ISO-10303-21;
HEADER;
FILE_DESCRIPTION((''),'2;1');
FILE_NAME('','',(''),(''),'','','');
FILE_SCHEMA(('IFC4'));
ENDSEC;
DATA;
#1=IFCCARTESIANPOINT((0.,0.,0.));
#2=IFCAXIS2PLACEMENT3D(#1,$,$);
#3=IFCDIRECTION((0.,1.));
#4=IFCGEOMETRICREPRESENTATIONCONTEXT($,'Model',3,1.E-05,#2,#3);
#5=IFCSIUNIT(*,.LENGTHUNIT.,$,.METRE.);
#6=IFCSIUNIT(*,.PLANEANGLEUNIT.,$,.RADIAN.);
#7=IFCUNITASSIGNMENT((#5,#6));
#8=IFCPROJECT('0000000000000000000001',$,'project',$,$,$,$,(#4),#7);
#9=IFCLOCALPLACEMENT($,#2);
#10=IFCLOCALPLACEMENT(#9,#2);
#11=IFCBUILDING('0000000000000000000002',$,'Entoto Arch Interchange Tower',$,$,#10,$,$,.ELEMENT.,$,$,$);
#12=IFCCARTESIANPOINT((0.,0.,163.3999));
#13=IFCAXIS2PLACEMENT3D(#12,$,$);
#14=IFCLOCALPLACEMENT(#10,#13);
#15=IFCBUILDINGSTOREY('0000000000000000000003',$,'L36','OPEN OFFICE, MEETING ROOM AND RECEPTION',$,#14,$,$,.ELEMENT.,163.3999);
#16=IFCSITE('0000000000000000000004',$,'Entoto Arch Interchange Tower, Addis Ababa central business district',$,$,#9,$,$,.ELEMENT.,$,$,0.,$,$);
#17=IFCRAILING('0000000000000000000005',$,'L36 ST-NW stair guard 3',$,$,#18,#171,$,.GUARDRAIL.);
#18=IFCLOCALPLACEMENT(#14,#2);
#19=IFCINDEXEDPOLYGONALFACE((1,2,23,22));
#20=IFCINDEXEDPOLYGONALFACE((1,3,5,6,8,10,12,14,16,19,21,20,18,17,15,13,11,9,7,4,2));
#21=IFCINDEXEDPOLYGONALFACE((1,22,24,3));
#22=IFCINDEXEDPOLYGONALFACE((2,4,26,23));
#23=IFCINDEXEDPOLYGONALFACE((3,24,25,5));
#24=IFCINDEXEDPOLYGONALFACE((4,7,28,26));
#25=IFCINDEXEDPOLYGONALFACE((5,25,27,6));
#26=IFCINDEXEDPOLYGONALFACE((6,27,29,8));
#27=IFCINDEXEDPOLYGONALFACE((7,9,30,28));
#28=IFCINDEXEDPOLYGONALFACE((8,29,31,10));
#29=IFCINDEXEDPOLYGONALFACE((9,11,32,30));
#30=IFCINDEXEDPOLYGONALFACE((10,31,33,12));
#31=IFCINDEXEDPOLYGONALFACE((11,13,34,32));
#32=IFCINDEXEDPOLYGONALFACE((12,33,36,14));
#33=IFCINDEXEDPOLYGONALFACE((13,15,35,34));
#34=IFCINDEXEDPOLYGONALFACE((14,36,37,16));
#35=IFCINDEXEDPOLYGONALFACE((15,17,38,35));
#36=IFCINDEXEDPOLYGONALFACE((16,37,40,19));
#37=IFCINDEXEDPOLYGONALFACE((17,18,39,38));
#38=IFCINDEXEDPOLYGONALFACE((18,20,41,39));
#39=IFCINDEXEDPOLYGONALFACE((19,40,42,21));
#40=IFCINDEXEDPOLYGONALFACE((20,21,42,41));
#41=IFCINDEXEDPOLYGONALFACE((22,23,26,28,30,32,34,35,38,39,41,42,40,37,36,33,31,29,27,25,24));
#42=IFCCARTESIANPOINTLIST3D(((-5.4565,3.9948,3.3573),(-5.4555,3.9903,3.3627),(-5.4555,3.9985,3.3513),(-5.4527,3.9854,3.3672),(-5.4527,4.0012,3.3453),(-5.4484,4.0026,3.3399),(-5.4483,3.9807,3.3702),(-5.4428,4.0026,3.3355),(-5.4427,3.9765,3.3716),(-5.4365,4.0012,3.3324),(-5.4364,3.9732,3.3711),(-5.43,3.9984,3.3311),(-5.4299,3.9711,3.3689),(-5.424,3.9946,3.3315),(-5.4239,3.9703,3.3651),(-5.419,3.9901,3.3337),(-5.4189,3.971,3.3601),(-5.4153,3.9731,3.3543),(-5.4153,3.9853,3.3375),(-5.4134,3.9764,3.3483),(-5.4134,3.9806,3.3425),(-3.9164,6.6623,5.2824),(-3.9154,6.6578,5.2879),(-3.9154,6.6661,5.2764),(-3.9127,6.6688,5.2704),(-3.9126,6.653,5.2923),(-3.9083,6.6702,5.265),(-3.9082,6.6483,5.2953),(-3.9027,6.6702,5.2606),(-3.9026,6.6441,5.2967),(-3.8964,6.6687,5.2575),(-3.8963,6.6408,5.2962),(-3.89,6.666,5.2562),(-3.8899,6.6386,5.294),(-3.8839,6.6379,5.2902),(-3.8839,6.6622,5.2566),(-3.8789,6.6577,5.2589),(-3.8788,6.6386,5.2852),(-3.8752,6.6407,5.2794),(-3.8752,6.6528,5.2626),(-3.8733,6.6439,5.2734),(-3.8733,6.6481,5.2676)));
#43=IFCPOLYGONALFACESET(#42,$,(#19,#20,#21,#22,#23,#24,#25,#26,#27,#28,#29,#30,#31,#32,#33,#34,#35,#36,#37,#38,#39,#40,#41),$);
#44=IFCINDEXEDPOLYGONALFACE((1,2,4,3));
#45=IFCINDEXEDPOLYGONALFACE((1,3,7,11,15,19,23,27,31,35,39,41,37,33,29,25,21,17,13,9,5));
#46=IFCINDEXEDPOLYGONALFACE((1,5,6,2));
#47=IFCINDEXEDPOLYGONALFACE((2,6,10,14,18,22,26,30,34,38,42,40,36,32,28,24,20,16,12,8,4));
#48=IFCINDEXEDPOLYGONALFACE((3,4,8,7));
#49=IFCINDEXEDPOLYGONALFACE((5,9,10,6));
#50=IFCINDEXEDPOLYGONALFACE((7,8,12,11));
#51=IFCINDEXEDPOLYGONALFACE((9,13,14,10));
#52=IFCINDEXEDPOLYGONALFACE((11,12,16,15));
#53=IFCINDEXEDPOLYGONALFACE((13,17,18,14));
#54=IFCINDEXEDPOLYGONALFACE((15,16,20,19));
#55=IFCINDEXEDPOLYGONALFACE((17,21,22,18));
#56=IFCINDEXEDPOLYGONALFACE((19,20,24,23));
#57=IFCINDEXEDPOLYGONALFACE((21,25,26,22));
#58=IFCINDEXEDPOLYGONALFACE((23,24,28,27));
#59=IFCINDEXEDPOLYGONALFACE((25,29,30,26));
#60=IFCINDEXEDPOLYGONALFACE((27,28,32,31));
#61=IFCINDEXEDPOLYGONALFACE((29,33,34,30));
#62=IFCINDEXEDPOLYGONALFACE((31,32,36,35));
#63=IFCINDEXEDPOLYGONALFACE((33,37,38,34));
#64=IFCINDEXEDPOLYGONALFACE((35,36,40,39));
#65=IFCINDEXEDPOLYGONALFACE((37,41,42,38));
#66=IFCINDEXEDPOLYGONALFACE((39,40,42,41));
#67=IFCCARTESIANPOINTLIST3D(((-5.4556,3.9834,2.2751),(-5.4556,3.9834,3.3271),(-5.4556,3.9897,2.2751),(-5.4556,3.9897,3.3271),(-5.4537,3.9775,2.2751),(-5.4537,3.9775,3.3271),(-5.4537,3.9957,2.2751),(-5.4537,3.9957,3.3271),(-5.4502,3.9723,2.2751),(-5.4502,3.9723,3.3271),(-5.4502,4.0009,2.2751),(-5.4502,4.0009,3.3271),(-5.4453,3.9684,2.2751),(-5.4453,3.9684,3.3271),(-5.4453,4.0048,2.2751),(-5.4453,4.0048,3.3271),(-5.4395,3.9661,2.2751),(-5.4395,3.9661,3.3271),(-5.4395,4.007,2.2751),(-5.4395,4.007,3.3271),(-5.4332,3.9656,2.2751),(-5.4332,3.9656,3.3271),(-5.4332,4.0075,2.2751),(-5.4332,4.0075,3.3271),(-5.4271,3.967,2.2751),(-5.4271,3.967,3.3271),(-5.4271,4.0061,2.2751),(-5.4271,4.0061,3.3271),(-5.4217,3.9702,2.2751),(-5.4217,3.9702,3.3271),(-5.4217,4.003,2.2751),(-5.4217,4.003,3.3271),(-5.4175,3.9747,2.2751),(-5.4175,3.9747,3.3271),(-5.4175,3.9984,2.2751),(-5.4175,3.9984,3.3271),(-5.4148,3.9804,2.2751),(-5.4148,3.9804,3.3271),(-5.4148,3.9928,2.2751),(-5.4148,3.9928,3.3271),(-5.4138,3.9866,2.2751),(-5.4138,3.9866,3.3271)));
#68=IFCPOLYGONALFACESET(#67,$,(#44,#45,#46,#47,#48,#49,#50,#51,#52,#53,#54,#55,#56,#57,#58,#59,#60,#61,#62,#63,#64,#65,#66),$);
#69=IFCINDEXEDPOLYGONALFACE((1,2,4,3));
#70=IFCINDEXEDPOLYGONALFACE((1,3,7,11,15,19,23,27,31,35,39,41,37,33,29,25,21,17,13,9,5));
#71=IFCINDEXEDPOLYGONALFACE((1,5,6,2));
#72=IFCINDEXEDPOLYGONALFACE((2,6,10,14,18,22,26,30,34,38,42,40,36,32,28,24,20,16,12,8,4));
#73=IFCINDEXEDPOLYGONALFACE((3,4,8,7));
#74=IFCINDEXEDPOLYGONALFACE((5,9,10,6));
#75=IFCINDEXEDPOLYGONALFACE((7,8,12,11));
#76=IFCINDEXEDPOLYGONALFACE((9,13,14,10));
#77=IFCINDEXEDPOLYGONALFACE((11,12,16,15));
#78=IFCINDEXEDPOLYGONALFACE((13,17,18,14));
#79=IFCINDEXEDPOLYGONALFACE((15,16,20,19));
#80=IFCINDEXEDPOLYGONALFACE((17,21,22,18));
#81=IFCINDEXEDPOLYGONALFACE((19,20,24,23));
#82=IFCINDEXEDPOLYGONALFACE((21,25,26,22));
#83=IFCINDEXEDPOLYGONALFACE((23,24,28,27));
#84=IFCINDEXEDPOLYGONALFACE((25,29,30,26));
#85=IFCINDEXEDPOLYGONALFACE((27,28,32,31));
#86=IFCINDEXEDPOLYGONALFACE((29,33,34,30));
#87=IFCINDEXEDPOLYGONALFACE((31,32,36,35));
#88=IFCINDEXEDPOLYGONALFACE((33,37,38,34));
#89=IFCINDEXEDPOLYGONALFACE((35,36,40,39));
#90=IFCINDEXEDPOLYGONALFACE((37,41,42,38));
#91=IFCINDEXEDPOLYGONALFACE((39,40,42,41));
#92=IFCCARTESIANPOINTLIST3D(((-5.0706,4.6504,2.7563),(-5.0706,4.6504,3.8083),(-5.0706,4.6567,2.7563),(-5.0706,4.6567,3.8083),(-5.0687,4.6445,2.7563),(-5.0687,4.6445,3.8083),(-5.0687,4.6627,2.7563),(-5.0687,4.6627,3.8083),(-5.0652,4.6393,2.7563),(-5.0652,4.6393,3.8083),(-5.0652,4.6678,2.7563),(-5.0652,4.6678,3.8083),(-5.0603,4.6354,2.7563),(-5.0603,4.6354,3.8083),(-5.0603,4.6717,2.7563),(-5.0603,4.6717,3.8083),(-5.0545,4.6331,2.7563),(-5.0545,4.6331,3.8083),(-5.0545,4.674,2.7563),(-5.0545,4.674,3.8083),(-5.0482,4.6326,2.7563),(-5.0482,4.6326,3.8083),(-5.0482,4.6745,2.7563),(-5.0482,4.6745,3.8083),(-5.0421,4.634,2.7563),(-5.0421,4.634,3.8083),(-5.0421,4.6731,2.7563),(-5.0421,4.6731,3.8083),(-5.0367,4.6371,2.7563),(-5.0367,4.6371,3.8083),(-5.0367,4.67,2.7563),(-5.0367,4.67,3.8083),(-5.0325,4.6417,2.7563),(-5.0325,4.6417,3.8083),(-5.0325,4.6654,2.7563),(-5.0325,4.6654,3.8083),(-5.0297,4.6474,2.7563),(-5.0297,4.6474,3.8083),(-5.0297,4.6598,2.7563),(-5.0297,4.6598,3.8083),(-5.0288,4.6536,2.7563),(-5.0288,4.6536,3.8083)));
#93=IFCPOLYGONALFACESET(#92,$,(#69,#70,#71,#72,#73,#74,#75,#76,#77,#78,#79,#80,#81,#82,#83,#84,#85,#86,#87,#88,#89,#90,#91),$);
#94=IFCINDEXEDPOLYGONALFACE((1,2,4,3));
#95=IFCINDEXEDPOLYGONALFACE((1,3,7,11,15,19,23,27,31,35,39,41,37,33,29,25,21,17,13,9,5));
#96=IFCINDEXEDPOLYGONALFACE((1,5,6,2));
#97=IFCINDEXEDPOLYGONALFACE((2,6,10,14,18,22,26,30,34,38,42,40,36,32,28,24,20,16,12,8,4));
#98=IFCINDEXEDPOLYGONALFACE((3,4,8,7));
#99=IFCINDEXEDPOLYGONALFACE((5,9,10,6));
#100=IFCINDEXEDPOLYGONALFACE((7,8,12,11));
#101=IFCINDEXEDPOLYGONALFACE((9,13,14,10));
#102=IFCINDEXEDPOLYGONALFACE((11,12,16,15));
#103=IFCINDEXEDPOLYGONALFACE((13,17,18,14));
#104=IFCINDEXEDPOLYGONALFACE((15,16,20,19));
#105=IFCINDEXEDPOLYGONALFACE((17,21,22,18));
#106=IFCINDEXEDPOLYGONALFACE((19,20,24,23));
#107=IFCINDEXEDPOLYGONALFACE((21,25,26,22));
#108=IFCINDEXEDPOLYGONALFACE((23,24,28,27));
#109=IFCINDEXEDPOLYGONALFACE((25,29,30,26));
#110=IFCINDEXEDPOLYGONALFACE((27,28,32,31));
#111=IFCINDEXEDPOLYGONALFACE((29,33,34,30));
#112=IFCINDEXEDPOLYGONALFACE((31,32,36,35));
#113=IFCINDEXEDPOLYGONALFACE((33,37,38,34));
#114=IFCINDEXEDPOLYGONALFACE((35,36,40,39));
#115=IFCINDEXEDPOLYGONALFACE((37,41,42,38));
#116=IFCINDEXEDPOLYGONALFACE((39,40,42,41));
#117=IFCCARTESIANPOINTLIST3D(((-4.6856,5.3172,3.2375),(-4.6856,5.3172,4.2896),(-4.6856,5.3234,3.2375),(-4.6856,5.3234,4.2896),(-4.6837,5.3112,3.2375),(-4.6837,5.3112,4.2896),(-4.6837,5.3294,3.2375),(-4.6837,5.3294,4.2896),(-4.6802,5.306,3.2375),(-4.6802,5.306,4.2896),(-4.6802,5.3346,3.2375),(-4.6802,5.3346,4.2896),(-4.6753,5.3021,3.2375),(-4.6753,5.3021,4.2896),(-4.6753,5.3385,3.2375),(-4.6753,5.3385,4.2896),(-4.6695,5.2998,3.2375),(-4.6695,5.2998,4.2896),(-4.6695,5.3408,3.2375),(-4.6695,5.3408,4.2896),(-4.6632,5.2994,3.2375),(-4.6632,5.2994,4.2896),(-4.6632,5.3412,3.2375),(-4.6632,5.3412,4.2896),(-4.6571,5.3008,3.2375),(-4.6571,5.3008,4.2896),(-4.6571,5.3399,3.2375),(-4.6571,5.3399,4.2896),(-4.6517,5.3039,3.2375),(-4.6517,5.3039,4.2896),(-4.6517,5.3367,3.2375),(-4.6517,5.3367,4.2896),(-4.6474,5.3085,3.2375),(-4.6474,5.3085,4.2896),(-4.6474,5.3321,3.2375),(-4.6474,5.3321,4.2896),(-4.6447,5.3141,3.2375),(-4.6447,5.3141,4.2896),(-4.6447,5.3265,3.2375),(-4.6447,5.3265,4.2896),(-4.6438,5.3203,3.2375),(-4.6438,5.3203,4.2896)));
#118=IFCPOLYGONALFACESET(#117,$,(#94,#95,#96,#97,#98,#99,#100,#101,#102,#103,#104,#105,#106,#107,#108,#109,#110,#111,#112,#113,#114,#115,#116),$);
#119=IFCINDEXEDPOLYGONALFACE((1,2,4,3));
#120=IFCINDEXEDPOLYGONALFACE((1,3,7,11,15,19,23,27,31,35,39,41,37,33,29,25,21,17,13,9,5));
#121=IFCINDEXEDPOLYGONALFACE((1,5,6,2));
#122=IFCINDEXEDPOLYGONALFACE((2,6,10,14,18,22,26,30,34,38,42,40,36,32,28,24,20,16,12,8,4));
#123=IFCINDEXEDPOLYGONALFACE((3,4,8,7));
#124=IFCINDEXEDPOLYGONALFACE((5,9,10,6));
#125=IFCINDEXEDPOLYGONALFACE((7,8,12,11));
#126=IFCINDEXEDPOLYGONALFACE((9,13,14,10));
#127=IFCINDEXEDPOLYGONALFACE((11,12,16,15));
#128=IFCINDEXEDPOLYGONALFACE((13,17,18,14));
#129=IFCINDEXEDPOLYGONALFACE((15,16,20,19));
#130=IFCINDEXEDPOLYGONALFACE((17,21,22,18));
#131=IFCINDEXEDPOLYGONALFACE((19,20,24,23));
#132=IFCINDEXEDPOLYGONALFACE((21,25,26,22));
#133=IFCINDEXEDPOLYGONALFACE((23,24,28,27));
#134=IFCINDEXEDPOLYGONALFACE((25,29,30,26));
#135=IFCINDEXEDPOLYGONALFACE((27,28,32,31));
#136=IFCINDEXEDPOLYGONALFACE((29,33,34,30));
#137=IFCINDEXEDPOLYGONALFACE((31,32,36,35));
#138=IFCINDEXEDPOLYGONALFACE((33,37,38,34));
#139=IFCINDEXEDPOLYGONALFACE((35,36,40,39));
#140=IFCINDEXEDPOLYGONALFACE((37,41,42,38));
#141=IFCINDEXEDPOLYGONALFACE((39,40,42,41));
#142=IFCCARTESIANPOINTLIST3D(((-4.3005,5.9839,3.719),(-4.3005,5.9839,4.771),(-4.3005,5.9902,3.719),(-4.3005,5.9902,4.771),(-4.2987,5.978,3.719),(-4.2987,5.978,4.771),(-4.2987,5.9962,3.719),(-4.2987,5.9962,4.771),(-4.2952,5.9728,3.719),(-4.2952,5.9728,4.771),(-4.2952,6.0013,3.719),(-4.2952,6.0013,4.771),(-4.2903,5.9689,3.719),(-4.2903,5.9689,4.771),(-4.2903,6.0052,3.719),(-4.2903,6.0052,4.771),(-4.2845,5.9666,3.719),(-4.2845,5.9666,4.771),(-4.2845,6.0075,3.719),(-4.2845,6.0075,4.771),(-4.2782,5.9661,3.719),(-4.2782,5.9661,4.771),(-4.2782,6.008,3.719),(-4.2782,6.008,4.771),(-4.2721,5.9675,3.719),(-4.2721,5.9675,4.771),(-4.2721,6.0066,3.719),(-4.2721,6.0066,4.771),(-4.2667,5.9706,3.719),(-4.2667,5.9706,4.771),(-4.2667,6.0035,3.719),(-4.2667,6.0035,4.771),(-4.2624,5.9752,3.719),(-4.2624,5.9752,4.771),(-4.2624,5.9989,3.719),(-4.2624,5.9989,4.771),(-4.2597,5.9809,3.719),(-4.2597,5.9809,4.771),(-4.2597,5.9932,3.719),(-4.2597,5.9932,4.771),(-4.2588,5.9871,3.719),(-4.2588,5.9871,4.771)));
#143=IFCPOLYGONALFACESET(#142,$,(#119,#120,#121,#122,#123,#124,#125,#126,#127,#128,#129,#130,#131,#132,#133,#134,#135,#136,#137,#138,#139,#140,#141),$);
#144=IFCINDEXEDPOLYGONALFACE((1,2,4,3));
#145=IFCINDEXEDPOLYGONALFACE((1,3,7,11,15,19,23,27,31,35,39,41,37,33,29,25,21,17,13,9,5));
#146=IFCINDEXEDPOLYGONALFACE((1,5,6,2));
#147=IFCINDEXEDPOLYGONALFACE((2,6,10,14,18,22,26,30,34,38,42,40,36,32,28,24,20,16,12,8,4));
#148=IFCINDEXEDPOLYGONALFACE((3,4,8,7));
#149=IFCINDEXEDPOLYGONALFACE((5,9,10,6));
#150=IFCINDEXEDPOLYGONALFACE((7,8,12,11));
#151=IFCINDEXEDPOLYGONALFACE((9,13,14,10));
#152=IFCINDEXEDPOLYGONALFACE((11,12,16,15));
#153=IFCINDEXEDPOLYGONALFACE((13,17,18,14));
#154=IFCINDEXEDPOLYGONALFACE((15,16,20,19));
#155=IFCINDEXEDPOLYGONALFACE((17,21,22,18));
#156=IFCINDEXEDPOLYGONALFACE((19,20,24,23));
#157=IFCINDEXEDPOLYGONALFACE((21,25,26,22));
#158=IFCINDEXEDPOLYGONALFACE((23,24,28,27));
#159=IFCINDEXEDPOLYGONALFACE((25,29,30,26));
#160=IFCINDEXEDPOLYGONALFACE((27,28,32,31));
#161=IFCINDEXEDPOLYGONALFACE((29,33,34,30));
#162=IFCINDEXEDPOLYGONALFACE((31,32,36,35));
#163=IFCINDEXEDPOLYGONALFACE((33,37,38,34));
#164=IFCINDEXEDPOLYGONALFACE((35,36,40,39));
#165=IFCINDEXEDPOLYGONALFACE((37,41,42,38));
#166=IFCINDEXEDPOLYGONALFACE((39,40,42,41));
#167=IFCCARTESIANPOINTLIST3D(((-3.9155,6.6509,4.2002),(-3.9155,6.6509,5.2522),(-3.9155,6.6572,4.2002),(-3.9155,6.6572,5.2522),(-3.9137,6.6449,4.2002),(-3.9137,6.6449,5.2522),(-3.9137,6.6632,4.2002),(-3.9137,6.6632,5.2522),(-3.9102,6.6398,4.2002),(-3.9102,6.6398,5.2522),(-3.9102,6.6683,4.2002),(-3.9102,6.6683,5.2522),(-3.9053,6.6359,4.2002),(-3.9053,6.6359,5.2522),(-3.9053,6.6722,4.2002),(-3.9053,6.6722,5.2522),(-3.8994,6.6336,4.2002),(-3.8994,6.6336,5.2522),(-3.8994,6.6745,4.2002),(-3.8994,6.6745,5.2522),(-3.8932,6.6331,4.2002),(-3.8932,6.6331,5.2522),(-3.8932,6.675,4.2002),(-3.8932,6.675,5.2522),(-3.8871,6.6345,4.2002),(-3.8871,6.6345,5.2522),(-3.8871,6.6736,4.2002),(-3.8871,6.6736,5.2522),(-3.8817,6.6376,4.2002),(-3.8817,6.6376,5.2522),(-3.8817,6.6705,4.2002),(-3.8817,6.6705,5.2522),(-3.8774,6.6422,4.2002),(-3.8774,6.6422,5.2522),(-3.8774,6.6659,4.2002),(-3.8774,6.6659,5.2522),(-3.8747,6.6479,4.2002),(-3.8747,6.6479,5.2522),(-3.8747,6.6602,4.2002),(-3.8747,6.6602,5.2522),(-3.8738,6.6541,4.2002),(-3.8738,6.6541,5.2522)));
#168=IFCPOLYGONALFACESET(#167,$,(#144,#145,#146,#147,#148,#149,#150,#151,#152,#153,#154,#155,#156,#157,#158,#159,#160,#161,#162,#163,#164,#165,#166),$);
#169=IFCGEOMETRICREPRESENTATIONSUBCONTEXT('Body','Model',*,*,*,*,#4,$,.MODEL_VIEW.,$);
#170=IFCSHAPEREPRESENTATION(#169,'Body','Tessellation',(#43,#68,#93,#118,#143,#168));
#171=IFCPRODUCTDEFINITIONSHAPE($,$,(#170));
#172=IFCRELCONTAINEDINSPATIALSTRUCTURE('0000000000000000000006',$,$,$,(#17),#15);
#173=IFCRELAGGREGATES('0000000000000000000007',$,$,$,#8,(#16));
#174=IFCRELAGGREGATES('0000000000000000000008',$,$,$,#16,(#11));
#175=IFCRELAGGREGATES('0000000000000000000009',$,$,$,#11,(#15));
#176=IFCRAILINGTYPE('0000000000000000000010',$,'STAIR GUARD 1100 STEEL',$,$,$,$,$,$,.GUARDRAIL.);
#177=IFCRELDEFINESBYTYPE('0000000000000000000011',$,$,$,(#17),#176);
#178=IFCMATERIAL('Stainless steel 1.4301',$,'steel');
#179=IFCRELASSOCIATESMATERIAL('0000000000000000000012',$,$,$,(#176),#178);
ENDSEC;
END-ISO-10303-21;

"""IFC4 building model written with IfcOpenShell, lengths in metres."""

from ifc_helpers import new_model, si_unit, direction, frame, origin, origin_2d, place, context, subcontext, project, spatial, circle, extrude, material, type_object, element, save


model = new_model("IFC4")

# Units and contexts
model_context = context("Model", 3, precision=1e-05, world=origin(), true_north=direction((0.0, 1.0)))
body_context = subcontext(model_context, "Body", "Model", "MODEL_VIEW")
ifc_project = project(units=[si_unit("LENGTHUNIT", "METRE"), si_unit("PLANEANGLEUNIT", "RADIAN")], contexts=[model_context])

# Site, building, storey
site_placement = place(None, origin())
site = spatial("IfcSite", under=ifc_project, at=site_placement, Name="Entoto Arch Interchange Tower, Addis Ababa central business district", CompositionType="ELEMENT", RefElevation=0.0)
building_placement = place(site_placement, origin())
building = spatial("IfcBuilding", under=site, at=building_placement, Name="Entoto Arch Interchange Tower", CompositionType="ELEMENT")
storey_placement = place(building_placement, frame((0.0, 0.0, 163.3999)))
storey = spatial("IfcBuildingStorey", under=building, at=storey_placement, Name="L36", Description="OPEN OFFICE, MEETING ROOM AND RECEPTION", CompositionType="ELEMENT", Elevation=163.3999)

# Railing
ifc_material_1 = material(Name="Stainless steel 1.4301", Category="steel")
railing_type = type_object("IfcRailingType", Name="STAIR GUARD 1100 STEEL", PredefinedType="GUARDRAIL", material=ifc_material_1)
railing_1_placement = place(storey_placement, frame((-5.4348, 3.9866, 2.2751)))
element("IfcRailing", 1, at=railing_1_placement, inside=storey, type_object=railing_type, Name="L36 ST-NW stair guard 3", PredefinedType="GUARDRAIL", context=body_context, shape_type="SweptSolid", body=[
    extrude(circle(Radius=0.0239, at=origin_2d()), frame((0.0, 0.0, 1.0762), z_axis=(0.423994, 0.734395, 0.529993), x_axis=(-0.86603, 0.499992, 0.0)), (0.0, 0.0, 1.0), 3.6323),
    extrude(circle(Radius=0.021, at=origin_2d()), origin(), (0.0, 0.0, 1.0), 1.052),
    extrude(circle(Radius=0.021, at=origin_2d()), frame((0.385, 0.667, 0.4812)), (0.0, 0.0, 1.0), 1.052),
    extrude(circle(Radius=0.021, at=origin_2d()), frame((0.77, 1.3337, 0.9624)), (0.0, 0.0, 1.0), 1.052),
    extrude(circle(Radius=0.021, at=origin_2d()), frame((1.155, 2.0005, 1.4438)), (0.0, 0.0, 1.0), 1.052),
    extrude(circle(Radius=0.021, at=origin_2d()), frame((1.54, 2.6675, 1.925)), (0.0, 0.0, 1.0), 1.052),
])

save(model, "model.ifc")
